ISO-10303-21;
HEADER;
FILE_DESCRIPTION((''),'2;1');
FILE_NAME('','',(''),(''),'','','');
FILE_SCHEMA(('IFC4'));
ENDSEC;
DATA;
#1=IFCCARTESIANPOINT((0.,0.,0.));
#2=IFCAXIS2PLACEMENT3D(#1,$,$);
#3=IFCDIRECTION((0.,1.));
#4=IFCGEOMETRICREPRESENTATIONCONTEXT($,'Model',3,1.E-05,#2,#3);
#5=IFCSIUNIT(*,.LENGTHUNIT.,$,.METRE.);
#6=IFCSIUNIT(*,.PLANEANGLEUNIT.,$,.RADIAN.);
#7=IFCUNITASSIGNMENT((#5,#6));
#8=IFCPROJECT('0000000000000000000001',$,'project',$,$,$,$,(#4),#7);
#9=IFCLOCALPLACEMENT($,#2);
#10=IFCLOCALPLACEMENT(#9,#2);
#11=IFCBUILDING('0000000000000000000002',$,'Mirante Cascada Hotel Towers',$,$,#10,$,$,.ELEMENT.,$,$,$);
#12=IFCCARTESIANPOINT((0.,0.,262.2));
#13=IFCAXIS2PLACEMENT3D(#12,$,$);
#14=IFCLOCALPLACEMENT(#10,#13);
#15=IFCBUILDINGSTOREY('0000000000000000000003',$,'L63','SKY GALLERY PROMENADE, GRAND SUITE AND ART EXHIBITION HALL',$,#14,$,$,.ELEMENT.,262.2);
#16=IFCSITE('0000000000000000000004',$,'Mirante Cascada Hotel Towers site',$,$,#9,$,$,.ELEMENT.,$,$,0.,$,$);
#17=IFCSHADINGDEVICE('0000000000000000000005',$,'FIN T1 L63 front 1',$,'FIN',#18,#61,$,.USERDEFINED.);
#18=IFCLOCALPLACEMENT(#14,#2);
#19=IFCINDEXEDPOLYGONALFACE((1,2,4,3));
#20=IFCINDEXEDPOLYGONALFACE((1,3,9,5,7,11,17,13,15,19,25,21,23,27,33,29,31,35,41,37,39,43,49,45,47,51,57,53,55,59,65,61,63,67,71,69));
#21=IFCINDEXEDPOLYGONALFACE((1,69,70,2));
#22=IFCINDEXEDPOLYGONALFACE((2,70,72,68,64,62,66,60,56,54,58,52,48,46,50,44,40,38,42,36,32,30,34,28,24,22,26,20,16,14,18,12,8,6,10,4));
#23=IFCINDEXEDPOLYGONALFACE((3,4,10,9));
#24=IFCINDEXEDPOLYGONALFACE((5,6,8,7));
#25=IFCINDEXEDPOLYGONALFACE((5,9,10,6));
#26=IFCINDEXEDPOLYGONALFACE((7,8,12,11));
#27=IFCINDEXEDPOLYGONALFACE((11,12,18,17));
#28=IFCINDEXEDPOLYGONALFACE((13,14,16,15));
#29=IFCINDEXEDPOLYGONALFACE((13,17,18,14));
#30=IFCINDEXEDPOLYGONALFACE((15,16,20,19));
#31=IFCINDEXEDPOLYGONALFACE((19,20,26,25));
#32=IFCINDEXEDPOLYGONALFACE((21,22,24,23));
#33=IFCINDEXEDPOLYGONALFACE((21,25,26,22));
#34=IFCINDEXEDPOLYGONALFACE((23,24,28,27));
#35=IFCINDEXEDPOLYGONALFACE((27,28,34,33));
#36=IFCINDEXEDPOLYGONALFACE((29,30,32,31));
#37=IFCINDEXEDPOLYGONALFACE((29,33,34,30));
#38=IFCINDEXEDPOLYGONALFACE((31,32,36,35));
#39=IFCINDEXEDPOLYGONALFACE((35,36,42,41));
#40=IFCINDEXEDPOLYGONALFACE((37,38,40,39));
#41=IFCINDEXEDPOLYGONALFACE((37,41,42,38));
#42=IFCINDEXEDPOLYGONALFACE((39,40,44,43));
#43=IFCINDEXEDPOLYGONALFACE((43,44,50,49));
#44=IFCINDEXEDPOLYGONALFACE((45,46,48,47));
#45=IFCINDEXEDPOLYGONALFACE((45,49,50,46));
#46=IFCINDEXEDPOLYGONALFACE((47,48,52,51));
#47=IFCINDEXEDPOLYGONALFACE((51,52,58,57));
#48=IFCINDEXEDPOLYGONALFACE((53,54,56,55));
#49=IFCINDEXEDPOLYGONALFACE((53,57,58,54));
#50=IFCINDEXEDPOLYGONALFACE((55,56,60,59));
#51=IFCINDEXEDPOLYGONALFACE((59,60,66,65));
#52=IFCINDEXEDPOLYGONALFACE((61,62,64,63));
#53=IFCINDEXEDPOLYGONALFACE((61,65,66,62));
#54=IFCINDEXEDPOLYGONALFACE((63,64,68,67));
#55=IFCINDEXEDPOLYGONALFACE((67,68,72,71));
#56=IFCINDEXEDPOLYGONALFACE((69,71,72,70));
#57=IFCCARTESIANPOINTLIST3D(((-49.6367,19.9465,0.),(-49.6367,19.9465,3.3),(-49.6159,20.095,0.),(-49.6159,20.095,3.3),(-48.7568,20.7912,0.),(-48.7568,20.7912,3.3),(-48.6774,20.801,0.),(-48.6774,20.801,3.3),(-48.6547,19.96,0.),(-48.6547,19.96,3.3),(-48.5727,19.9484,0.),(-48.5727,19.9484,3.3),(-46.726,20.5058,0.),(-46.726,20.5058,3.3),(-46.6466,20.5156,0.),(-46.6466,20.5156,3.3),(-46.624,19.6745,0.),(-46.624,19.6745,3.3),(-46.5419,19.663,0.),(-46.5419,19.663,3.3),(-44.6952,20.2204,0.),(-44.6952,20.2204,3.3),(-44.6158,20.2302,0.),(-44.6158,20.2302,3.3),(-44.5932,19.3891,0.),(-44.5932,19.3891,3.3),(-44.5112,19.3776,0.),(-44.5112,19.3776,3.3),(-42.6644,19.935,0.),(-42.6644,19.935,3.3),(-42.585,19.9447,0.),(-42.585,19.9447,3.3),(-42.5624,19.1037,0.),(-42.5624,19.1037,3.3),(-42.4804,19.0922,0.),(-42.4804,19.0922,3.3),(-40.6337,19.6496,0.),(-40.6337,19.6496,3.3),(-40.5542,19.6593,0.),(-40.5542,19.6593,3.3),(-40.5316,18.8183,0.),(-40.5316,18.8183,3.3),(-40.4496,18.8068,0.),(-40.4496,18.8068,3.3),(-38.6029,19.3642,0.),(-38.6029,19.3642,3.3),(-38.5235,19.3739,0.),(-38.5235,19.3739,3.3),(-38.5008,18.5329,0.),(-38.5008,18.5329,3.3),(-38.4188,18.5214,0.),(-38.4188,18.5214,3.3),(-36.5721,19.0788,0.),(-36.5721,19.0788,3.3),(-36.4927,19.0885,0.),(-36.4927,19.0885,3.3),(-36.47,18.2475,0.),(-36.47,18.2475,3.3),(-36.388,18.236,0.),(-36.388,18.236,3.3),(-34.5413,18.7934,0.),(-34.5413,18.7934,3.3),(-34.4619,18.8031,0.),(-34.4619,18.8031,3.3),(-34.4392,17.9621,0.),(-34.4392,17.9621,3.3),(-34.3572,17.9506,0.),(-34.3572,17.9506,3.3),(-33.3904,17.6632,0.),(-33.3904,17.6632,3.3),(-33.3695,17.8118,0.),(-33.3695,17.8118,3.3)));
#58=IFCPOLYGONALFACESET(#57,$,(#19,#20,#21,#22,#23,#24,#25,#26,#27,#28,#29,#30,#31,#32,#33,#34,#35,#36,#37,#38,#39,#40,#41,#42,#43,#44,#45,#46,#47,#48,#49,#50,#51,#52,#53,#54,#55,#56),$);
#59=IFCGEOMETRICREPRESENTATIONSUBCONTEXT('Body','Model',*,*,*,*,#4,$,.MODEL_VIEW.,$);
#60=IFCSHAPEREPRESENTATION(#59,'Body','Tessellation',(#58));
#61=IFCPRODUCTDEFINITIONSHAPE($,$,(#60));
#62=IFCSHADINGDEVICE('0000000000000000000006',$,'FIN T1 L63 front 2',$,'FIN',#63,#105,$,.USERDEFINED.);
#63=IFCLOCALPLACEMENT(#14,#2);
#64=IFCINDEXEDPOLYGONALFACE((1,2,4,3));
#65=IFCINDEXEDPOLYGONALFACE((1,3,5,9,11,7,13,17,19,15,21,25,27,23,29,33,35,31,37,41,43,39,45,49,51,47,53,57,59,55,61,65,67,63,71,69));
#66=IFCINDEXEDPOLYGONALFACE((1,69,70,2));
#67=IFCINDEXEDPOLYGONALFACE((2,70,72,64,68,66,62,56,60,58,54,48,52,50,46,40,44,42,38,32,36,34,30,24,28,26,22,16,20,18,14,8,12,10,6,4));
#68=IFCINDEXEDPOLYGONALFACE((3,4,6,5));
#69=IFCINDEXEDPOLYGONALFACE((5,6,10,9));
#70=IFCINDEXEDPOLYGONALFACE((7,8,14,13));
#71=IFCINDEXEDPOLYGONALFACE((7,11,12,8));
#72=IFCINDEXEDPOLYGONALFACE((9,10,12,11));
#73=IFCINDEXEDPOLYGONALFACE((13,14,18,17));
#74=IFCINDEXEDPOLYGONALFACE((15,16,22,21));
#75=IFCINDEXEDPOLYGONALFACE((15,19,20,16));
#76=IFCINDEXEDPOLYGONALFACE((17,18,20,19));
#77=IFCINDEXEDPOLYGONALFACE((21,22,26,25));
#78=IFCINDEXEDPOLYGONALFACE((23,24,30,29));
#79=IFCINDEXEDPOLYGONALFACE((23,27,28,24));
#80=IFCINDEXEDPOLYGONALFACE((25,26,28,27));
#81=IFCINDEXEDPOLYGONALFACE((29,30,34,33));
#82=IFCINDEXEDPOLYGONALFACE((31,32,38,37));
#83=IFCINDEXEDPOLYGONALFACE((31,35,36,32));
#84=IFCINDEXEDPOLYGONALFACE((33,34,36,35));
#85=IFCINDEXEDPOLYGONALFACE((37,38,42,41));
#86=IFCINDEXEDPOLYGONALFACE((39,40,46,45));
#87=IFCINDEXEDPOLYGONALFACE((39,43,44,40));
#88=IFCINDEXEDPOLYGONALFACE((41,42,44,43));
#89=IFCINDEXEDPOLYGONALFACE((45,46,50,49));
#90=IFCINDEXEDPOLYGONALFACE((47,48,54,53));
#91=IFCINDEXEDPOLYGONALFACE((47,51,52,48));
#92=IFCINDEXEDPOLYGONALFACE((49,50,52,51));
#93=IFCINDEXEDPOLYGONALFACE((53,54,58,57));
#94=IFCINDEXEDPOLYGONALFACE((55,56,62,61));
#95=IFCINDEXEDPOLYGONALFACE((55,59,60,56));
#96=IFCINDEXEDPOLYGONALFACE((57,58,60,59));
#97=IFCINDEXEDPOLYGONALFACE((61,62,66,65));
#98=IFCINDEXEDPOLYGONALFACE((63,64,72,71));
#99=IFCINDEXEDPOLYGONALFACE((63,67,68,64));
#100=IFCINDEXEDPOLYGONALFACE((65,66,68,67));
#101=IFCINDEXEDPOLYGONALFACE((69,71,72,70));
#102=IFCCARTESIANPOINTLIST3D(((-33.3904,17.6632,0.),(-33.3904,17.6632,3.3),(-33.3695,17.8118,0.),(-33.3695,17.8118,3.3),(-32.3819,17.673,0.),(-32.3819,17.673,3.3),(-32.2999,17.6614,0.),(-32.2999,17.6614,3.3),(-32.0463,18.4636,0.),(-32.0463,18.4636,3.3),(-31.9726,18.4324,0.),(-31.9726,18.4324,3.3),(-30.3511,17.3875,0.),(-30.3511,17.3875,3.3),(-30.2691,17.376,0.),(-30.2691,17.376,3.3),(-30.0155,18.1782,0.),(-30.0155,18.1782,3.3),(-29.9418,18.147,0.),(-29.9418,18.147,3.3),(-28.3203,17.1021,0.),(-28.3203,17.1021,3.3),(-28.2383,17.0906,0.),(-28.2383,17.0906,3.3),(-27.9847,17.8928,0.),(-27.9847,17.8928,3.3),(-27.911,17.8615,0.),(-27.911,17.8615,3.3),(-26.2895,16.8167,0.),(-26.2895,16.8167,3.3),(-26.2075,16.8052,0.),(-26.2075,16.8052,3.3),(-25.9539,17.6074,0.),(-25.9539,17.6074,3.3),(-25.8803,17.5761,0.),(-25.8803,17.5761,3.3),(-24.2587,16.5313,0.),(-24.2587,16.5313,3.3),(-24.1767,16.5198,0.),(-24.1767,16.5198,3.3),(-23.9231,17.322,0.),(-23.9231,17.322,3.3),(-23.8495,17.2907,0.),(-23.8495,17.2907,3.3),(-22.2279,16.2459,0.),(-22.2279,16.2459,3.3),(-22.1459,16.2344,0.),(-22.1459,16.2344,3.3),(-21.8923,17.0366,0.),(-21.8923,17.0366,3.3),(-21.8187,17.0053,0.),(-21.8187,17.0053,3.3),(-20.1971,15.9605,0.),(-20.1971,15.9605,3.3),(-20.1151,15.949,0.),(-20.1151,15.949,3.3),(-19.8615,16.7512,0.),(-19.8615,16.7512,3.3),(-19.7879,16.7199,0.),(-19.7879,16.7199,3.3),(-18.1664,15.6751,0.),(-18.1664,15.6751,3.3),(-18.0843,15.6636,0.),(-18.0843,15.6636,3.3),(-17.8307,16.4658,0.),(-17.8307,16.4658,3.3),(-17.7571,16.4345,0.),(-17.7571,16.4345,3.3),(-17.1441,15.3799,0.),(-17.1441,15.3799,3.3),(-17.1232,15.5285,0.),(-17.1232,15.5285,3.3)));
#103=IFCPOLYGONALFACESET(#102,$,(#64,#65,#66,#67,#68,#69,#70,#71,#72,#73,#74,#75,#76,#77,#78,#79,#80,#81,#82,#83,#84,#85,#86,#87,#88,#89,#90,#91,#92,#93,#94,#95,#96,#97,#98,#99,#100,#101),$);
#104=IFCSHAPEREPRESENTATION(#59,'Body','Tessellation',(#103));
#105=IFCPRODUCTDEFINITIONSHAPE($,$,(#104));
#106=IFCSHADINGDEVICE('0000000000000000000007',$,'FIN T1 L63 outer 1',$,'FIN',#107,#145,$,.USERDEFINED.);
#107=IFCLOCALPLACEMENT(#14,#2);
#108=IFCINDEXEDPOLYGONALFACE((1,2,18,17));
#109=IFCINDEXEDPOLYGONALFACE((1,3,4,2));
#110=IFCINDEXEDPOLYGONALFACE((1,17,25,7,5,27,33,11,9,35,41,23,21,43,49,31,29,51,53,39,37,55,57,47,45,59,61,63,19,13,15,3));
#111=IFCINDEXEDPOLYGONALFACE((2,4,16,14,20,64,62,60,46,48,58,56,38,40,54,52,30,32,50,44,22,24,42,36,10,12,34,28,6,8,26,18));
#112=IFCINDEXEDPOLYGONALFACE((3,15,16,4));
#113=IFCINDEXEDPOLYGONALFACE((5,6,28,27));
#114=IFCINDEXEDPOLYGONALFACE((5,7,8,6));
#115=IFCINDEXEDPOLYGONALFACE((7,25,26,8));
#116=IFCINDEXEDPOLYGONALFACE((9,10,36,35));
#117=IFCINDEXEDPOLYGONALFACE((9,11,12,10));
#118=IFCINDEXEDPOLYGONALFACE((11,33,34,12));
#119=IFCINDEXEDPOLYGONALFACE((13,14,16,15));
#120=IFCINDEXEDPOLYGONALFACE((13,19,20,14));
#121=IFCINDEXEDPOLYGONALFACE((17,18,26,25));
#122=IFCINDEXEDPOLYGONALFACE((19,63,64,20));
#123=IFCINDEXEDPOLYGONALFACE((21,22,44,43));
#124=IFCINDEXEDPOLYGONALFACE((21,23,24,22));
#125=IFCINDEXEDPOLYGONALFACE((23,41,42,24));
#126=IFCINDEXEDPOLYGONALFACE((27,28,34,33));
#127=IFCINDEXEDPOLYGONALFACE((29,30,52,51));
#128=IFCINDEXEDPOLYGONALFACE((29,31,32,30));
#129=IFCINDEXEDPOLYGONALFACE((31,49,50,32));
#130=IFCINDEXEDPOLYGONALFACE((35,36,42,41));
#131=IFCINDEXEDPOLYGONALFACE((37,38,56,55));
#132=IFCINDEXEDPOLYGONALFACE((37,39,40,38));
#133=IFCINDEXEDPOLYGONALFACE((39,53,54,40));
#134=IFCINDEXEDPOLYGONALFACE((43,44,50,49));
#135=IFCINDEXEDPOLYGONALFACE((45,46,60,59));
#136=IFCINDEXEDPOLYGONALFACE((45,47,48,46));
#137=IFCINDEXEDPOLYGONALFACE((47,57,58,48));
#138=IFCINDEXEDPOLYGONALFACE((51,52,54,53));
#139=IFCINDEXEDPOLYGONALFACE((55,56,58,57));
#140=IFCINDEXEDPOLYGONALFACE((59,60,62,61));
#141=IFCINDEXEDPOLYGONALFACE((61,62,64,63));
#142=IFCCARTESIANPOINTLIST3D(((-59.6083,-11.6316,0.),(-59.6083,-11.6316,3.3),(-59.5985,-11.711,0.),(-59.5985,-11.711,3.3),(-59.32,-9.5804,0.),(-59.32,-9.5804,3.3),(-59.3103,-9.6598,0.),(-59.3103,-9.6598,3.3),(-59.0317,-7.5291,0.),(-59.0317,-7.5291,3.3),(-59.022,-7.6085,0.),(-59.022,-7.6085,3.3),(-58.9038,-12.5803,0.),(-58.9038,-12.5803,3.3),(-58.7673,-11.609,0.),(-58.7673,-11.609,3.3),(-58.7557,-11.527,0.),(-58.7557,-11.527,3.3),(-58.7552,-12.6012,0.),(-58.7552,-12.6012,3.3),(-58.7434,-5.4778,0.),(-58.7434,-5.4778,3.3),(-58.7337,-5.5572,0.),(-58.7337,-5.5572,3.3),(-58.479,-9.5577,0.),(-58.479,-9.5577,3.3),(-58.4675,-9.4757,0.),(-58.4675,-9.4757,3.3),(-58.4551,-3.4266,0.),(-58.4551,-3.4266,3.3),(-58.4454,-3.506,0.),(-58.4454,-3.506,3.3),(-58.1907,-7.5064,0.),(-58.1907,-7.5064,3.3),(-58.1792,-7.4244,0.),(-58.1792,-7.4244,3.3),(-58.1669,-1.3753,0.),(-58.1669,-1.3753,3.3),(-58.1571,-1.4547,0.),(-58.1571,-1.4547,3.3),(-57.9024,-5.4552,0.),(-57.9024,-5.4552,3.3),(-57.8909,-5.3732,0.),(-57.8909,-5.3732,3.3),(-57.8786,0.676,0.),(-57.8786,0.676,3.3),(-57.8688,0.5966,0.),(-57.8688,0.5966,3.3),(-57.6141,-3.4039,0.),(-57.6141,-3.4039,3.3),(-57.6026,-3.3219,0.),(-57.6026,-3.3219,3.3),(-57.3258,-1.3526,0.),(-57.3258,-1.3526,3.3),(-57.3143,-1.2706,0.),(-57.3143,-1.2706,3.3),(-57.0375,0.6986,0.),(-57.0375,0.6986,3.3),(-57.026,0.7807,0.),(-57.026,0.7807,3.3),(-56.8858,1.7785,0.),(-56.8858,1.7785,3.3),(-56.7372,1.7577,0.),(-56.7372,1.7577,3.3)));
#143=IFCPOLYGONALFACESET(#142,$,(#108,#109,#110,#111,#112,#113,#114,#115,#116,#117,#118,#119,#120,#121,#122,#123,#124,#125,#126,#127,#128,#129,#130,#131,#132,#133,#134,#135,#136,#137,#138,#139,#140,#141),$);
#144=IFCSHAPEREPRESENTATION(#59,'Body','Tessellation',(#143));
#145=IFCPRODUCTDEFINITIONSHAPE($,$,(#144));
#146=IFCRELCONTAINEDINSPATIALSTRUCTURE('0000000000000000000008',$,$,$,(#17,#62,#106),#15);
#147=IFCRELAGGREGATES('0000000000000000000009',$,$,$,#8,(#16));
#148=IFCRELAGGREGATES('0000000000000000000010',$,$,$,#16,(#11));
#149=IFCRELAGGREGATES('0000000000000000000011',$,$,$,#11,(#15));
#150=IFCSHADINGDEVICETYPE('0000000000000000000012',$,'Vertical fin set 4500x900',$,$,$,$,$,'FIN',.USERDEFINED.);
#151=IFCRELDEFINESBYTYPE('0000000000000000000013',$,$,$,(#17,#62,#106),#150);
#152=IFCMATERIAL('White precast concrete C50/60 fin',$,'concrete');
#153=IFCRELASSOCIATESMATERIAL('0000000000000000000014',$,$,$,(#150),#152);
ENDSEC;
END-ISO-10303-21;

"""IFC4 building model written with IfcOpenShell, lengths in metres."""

from ifc_helpers import new_model, si_unit, direction, frame, origin, place, context, subcontext, project, spatial, polyline, outline, extrude, material, type_object, element, save


model = new_model("IFC4")

# Units and contexts
model_context = context("Model", 3, precision=1e-05, world=origin(), true_north=direction((0.0, 1.0)))
body_context = subcontext(model_context, "Body", "Model", "MODEL_VIEW")
ifc_project = project(units=[si_unit("LENGTHUNIT", "METRE"), si_unit("PLANEANGLEUNIT", "RADIAN")], contexts=[model_context])

# Site, building, storey
site_placement = place(None, origin())
site = spatial("IfcSite", under=ifc_project, at=site_placement, Name="Mirante Cascada Hotel Towers site", CompositionType="ELEMENT", RefElevation=0.0)
building_placement = place(site_placement, origin())
building = spatial("IfcBuilding", under=site, at=building_placement, Name="Mirante Cascada Hotel Towers", CompositionType="ELEMENT")
storey_placement = place(building_placement, frame((0.0, 0.0, 262.2)))
storey = spatial("IfcBuildingStorey", under=building, at=storey_placement, Name="L63", Description="SKY GALLERY PROMENADE, GRAND SUITE AND ART EXHIBITION HALL", CompositionType="ELEMENT", Elevation=262.2)

# Shading devices
ifc_material_1 = material(Name="White precast concrete C50/60 fin", Category="concrete")
shading_device_type = type_object("IfcShadingDeviceType", Name="Vertical fin set 4500x900", ElementType="FIN", PredefinedType="USERDEFINED", material=ifc_material_1)
shading_device_1_placement = place(storey_placement, origin())
element("IfcShadingDevice", 1, at=shading_device_1_placement, inside=storey, type_object=shading_device_type, Name="FIN T1 L63 front 1", ObjectType="FIN", PredefinedType="USERDEFINED", context=body_context, shape_type="SweptSolid", body=[
    extrude(outline(polyline([(-34.3572, 17.9506), (-33.3695, 17.8118), (-33.3904, 17.6632), (-49.6367, 19.9465), (-49.6159, 20.095), (-48.6547, 19.96), (-48.7568, 20.7912), (-48.6774, 20.801), (-48.5727, 19.9484), (-46.624, 19.6745), (-46.726, 20.5058), (-46.6466, 20.5156), (-46.5419, 19.663), (-44.5932, 19.3891), (-44.6952, 20.2204), (-44.6158, 20.2302), (-44.5112, 19.3776), (-42.5624, 19.1037), (-42.6644, 19.935), (-42.585, 19.9447), (-42.4804, 19.0922), (-40.5316, 18.8183), (-40.6337, 19.6496), (-40.5542, 19.6593), (-40.4496, 18.8068), (-38.5008, 18.5329), (-38.6029, 19.3642), (-38.5235, 19.3739), (-38.4188, 18.5214), (-36.47, 18.2475), (-36.5721, 19.0788), (-36.4927, 19.0885), (-36.388, 18.236), (-34.4392, 17.9621), (-34.5413, 18.7934), (-34.4619, 18.8031), (-34.3572, 17.9506)])), origin(), (0.0, 0.0, 1.0), 3.3),
])
shading_device_2_placement = place(storey_placement, origin())
element("IfcShadingDevice", 2, at=shading_device_2_placement, inside=storey, type_object=shading_device_type, Name="FIN T1 L63 front 2", ObjectType="FIN", PredefinedType="USERDEFINED", context=body_context, shape_type="SweptSolid", body=[
    extrude(outline(polyline([(-18.0843, 15.6636), (-17.1232, 15.5285), (-17.1441, 15.3799), (-33.3904, 17.6632), (-33.3695, 17.8118), (-32.3819, 17.673), (-32.0463, 18.4636), (-31.9726, 18.4324), (-32.2999, 17.6614), (-30.3511, 17.3875), (-30.0155, 18.1782), (-29.9418, 18.147), (-30.2691, 17.376), (-28.3203, 17.1021), (-27.9847, 17.8928), (-27.911, 17.8615), (-28.2383, 17.0906), (-26.2895, 16.8167), (-25.9539, 17.6074), (-25.8803, 17.5761), (-26.2075, 16.8052), (-24.2587, 16.5313), (-23.9231, 17.322), (-23.8495, 17.2907), (-24.1767, 16.5198), (-22.2279, 16.2459), (-21.8923, 17.0366), (-21.8187, 17.0053), (-22.1459, 16.2344), (-20.1971, 15.9605), (-19.8615, 16.7512), (-19.7879, 16.7199), (-20.1151, 15.949), (-18.1664, 15.6751), (-17.8307, 16.4658), (-17.7571, 16.4345), (-18.0843, 15.6636)])), origin(), (0.0, 0.0, 1.0), 3.3),
])
shading_device_3_placement = place(storey_placement, origin())
element("IfcShadingDevice", 3, at=shading_device_3_placement, inside=storey, type_object=shading_device_type, Name="FIN T1 L63 outer 1", ObjectType="FIN", PredefinedType="USERDEFINED", context=body_context, shape_type="SweptSolid", body=[
    extrude(outline(polyline([(-58.7557, -11.527), (-58.479, -9.5577), (-59.3103, -9.6598), (-59.32, -9.5804), (-58.4675, -9.4757), (-58.1907, -7.5064), (-59.022, -7.6085), (-59.0317, -7.5291), (-58.1792, -7.4244), (-57.9024, -5.4552), (-58.7337, -5.5572), (-58.7434, -5.4778), (-57.8909, -5.3732), (-57.6141, -3.4039), (-58.4454, -3.506), (-58.4551, -3.4266), (-57.6026, -3.3219), (-57.3258, -1.3526), (-58.1571, -1.4547), (-58.1669, -1.3753), (-57.3143, -1.2706), (-57.0375, 0.6986), (-57.8688, 0.5966), (-57.8786, 0.676), (-57.026, 0.7807), (-56.8858, 1.7785), (-56.7372, 1.7577), (-58.7552, -12.6012), (-58.9038, -12.5803), (-58.7673, -11.609), (-59.5985, -11.711), (-59.6083, -11.6316), (-58.7557, -11.527)])), origin(), (0.0, 0.0, 1.0), 3.3),
])

save(model, "model.ifc")
